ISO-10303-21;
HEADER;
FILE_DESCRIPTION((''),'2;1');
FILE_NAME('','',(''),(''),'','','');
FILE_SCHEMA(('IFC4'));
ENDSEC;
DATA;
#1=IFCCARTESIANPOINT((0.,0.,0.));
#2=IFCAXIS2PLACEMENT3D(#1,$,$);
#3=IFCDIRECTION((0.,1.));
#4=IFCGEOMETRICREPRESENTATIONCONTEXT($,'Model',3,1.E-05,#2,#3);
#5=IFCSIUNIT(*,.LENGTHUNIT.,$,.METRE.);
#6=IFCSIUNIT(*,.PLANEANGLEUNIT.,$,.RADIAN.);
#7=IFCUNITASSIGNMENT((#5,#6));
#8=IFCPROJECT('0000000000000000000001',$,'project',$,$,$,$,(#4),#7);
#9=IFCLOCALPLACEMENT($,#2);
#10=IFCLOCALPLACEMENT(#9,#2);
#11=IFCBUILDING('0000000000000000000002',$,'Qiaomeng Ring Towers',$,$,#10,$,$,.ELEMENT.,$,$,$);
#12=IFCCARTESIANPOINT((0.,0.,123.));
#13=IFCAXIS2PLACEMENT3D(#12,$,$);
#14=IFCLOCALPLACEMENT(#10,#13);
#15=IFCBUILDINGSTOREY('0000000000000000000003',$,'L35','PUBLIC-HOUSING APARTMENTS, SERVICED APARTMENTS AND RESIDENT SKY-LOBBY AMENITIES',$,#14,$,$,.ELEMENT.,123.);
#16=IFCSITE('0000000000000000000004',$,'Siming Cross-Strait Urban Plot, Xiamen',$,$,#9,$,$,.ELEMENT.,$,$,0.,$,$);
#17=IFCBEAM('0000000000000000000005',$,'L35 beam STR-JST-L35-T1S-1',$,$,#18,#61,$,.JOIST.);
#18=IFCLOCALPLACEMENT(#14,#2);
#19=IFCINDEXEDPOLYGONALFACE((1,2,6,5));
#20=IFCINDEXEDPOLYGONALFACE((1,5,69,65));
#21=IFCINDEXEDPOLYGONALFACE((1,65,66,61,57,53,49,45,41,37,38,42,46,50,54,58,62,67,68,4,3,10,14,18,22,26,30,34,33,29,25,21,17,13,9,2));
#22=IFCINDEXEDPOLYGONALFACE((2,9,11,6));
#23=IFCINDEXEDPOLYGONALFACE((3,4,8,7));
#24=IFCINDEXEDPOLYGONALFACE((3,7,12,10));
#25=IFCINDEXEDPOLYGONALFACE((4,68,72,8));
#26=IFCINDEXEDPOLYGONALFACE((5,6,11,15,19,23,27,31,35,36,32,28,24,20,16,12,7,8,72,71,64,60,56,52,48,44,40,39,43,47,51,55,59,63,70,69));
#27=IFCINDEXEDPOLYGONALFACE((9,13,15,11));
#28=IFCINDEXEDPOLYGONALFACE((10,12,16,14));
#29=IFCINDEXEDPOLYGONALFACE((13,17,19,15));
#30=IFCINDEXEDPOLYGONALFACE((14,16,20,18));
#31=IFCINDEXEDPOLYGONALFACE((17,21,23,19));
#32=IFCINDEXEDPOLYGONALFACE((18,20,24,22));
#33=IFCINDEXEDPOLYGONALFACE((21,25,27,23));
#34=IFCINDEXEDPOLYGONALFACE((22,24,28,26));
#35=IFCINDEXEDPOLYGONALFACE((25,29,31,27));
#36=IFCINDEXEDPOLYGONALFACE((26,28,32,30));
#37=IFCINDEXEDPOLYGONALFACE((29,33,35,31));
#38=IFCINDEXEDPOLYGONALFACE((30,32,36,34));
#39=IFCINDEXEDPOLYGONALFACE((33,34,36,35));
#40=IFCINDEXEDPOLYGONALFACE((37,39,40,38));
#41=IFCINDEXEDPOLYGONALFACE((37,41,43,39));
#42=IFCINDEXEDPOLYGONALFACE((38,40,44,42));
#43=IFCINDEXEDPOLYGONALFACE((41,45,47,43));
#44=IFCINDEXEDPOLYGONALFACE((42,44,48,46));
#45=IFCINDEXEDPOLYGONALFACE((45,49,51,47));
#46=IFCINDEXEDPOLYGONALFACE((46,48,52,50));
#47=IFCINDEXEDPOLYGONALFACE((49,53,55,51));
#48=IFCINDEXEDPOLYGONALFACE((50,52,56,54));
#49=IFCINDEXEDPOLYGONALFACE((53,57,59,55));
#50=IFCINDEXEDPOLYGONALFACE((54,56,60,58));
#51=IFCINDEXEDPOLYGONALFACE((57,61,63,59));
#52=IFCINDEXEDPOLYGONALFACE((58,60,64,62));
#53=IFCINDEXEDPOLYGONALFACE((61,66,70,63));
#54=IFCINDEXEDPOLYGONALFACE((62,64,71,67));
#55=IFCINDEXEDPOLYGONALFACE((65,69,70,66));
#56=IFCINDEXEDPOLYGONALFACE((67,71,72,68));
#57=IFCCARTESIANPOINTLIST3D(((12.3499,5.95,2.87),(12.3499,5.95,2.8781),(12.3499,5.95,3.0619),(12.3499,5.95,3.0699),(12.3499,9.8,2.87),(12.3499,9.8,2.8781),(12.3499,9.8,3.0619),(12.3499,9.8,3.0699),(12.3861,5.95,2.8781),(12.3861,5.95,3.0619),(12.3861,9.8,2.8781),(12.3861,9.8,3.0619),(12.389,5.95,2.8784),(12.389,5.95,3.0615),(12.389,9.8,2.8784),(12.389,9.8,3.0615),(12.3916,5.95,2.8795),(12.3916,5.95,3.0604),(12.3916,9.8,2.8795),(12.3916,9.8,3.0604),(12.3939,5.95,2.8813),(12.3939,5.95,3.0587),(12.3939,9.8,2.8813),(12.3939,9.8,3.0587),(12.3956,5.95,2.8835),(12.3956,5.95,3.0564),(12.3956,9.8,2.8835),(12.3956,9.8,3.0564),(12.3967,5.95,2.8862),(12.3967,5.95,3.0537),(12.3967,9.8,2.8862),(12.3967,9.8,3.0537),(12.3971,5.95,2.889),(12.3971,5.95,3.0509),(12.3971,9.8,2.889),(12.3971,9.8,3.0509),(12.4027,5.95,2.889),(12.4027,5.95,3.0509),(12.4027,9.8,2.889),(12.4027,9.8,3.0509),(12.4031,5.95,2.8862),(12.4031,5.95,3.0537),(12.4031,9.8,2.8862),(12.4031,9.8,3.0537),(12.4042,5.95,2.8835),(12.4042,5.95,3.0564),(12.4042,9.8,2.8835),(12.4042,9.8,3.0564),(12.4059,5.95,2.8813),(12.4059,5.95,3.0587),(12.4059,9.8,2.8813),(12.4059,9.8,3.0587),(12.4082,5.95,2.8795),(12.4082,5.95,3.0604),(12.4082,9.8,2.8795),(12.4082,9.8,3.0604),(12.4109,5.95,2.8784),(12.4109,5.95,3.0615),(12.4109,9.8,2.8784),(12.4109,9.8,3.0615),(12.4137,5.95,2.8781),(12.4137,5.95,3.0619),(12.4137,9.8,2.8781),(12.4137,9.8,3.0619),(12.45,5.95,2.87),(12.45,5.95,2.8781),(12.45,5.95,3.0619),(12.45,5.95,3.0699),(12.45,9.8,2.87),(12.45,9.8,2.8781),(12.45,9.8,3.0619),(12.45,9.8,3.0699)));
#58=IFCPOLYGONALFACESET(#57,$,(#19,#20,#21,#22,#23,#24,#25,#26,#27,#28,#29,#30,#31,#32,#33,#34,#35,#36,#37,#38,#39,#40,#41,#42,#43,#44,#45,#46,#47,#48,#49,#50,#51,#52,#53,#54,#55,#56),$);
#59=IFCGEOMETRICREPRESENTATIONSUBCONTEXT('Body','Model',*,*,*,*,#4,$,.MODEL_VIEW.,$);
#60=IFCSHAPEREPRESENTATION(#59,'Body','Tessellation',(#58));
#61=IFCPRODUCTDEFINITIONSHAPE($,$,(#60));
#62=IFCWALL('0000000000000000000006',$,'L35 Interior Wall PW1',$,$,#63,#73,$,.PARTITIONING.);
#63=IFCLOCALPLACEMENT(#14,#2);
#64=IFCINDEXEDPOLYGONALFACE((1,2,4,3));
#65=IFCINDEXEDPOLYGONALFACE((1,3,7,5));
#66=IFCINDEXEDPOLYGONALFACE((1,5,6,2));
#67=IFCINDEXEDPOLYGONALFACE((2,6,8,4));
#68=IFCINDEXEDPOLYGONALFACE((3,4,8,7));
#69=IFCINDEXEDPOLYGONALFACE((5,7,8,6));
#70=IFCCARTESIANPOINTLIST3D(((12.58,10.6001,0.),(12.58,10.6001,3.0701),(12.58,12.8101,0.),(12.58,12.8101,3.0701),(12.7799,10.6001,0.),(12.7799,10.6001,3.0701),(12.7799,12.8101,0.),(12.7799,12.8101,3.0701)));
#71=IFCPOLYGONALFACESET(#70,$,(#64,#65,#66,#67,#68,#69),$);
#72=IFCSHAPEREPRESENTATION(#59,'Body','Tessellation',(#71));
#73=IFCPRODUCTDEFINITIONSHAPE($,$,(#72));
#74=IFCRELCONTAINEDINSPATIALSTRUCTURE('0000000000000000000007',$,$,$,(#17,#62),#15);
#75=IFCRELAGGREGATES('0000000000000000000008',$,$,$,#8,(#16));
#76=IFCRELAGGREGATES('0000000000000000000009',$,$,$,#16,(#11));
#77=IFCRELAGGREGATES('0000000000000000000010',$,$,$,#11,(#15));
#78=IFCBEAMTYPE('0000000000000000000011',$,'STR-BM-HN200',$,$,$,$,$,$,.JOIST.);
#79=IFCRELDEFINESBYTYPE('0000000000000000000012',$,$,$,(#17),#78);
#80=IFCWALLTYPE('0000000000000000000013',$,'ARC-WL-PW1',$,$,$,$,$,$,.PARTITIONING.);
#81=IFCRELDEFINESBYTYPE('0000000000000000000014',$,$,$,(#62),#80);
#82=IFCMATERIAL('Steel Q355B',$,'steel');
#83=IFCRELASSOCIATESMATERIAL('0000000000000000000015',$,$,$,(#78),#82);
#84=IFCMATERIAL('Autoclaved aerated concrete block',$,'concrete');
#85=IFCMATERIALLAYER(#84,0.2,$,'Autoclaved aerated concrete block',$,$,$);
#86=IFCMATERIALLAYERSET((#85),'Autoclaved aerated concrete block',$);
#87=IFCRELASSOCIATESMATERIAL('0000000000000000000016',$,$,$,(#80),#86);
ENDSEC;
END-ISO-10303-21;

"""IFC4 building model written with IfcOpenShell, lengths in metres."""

from ifc_helpers import new_model, si_unit, direction, frame, frame_2d, origin, origin_2d, place, context, subcontext, project, spatial, rectangle, i_section, extrude, source, transform, mapped, material, layer, layer_set, material_profile, profile_set, type_object, element, save


model = new_model("IFC4")

# Units and contexts
model_context = context("Model", 3, precision=1e-05, world=origin(), true_north=direction((0.0, 1.0)))
body_context = subcontext(model_context, "Body", "Model", "MODEL_VIEW")
ifc_project = project(units=[si_unit("LENGTHUNIT", "METRE"), si_unit("PLANEANGLEUNIT", "RADIAN")], contexts=[model_context])

# Site, building, storey
site_placement = place(None, origin())
site = spatial("IfcSite", under=ifc_project, at=site_placement, Name="Siming Cross-Strait Urban Plot, Xiamen", CompositionType="ELEMENT", RefElevation=0.0)
building_placement = place(site_placement, origin())
building = spatial("IfcBuilding", under=site, at=building_placement, Name="Qiaomeng Ring Towers", CompositionType="ELEMENT")
storey_placement = place(building_placement, frame((0.0, 0.0, 123.0)))
storey = spatial("IfcBuildingStorey", under=building, at=storey_placement, Name="L35", Description="PUBLIC-HOUSING APARTMENTS, SERVICED APARTMENTS AND RESIDENT SKY-LOBBY AMENITIES", CompositionType="ELEMENT", Elevation=123.0)

# Beam
ifc_material_1 = material(Name="Steel Q355B", Category="steel")
ifc_material_profile = material_profile(ifc_material_1, i_section(OverallWidth=0.1001, OverallDepth=0.2, WebThickness=0.0056, FlangeThickness=0.0081, FilletRadius=0.011, at=origin_2d()), Name="HN 200x100x5.5x8")
ifc_profile_set = profile_set([ifc_material_profile], Name="Steel Q355B")
beam_type = type_object("IfcBeamType", Name="STR-BM-HN200", PredefinedType="JOIST", material=ifc_profile_set)
shared_shape_1 = source(origin(), body_context, "Body", "SweptSolid", [
    extrude(i_section(OverallWidth=0.1001, OverallDepth=0.2, WebThickness=0.0056, FlangeThickness=0.0081, FilletRadius=0.011, at=origin_2d()), origin(), (0.0, 0.0, 1.0), 3.8501),
])
beam_placement = place(storey_placement, frame((12.3999, 5.95, 2.97), z_axis=(0.0, 1.0, 0.0), x_axis=(-1.0, 0.0, 0.0)))
element("IfcBeam", 1, at=beam_placement, inside=storey, type_object=beam_type, Name="L35 beam STR-JST-L35-T1S-1", PredefinedType="JOIST", context=body_context, shape_type="MappedRepresentation", body=[
    mapped(shared_shape_1, transform((0.0, 0.0, 0.0), x_axis=(1.0, 0.0, 0.0), y_axis=(0.0, 1.0, 0.0), z_axis=(0.0, 0.0, 1.0), scale=1.0)),
])

# Wall
ifc_material_2 = material(Name="Autoclaved aerated concrete block", Category="concrete")
ifc_layer_1 = layer(ifc_material_2, 0.2, Name="Autoclaved aerated concrete block")
ifc_layer_set_1 = layer_set([ifc_layer_1], Name="Autoclaved aerated concrete block")
wall_type_1 = type_object("IfcWallType", Name="ARC-WL-PW1", PredefinedType="PARTITIONING", material=ifc_layer_set_1)
wall_1_placement = place(storey_placement, frame((12.6799, 10.6001, 0.0), z_axis=(0.0, 0.0, 1.0), x_axis=(0.0, 1.0, 0.0)))
element("IfcWall", 2, at=wall_1_placement, inside=storey, type_object=wall_type_1, Name="L35 Interior Wall PW1", PredefinedType="PARTITIONING", context=body_context, shape_type="SweptSolid", body=[
    extrude(rectangle(XDim=2.21, YDim=0.2, at=frame_2d((1.105, 0.0))), origin(), (0.0, 0.0, 1.0), 3.0701),
])

save(model, "model.ifc")
